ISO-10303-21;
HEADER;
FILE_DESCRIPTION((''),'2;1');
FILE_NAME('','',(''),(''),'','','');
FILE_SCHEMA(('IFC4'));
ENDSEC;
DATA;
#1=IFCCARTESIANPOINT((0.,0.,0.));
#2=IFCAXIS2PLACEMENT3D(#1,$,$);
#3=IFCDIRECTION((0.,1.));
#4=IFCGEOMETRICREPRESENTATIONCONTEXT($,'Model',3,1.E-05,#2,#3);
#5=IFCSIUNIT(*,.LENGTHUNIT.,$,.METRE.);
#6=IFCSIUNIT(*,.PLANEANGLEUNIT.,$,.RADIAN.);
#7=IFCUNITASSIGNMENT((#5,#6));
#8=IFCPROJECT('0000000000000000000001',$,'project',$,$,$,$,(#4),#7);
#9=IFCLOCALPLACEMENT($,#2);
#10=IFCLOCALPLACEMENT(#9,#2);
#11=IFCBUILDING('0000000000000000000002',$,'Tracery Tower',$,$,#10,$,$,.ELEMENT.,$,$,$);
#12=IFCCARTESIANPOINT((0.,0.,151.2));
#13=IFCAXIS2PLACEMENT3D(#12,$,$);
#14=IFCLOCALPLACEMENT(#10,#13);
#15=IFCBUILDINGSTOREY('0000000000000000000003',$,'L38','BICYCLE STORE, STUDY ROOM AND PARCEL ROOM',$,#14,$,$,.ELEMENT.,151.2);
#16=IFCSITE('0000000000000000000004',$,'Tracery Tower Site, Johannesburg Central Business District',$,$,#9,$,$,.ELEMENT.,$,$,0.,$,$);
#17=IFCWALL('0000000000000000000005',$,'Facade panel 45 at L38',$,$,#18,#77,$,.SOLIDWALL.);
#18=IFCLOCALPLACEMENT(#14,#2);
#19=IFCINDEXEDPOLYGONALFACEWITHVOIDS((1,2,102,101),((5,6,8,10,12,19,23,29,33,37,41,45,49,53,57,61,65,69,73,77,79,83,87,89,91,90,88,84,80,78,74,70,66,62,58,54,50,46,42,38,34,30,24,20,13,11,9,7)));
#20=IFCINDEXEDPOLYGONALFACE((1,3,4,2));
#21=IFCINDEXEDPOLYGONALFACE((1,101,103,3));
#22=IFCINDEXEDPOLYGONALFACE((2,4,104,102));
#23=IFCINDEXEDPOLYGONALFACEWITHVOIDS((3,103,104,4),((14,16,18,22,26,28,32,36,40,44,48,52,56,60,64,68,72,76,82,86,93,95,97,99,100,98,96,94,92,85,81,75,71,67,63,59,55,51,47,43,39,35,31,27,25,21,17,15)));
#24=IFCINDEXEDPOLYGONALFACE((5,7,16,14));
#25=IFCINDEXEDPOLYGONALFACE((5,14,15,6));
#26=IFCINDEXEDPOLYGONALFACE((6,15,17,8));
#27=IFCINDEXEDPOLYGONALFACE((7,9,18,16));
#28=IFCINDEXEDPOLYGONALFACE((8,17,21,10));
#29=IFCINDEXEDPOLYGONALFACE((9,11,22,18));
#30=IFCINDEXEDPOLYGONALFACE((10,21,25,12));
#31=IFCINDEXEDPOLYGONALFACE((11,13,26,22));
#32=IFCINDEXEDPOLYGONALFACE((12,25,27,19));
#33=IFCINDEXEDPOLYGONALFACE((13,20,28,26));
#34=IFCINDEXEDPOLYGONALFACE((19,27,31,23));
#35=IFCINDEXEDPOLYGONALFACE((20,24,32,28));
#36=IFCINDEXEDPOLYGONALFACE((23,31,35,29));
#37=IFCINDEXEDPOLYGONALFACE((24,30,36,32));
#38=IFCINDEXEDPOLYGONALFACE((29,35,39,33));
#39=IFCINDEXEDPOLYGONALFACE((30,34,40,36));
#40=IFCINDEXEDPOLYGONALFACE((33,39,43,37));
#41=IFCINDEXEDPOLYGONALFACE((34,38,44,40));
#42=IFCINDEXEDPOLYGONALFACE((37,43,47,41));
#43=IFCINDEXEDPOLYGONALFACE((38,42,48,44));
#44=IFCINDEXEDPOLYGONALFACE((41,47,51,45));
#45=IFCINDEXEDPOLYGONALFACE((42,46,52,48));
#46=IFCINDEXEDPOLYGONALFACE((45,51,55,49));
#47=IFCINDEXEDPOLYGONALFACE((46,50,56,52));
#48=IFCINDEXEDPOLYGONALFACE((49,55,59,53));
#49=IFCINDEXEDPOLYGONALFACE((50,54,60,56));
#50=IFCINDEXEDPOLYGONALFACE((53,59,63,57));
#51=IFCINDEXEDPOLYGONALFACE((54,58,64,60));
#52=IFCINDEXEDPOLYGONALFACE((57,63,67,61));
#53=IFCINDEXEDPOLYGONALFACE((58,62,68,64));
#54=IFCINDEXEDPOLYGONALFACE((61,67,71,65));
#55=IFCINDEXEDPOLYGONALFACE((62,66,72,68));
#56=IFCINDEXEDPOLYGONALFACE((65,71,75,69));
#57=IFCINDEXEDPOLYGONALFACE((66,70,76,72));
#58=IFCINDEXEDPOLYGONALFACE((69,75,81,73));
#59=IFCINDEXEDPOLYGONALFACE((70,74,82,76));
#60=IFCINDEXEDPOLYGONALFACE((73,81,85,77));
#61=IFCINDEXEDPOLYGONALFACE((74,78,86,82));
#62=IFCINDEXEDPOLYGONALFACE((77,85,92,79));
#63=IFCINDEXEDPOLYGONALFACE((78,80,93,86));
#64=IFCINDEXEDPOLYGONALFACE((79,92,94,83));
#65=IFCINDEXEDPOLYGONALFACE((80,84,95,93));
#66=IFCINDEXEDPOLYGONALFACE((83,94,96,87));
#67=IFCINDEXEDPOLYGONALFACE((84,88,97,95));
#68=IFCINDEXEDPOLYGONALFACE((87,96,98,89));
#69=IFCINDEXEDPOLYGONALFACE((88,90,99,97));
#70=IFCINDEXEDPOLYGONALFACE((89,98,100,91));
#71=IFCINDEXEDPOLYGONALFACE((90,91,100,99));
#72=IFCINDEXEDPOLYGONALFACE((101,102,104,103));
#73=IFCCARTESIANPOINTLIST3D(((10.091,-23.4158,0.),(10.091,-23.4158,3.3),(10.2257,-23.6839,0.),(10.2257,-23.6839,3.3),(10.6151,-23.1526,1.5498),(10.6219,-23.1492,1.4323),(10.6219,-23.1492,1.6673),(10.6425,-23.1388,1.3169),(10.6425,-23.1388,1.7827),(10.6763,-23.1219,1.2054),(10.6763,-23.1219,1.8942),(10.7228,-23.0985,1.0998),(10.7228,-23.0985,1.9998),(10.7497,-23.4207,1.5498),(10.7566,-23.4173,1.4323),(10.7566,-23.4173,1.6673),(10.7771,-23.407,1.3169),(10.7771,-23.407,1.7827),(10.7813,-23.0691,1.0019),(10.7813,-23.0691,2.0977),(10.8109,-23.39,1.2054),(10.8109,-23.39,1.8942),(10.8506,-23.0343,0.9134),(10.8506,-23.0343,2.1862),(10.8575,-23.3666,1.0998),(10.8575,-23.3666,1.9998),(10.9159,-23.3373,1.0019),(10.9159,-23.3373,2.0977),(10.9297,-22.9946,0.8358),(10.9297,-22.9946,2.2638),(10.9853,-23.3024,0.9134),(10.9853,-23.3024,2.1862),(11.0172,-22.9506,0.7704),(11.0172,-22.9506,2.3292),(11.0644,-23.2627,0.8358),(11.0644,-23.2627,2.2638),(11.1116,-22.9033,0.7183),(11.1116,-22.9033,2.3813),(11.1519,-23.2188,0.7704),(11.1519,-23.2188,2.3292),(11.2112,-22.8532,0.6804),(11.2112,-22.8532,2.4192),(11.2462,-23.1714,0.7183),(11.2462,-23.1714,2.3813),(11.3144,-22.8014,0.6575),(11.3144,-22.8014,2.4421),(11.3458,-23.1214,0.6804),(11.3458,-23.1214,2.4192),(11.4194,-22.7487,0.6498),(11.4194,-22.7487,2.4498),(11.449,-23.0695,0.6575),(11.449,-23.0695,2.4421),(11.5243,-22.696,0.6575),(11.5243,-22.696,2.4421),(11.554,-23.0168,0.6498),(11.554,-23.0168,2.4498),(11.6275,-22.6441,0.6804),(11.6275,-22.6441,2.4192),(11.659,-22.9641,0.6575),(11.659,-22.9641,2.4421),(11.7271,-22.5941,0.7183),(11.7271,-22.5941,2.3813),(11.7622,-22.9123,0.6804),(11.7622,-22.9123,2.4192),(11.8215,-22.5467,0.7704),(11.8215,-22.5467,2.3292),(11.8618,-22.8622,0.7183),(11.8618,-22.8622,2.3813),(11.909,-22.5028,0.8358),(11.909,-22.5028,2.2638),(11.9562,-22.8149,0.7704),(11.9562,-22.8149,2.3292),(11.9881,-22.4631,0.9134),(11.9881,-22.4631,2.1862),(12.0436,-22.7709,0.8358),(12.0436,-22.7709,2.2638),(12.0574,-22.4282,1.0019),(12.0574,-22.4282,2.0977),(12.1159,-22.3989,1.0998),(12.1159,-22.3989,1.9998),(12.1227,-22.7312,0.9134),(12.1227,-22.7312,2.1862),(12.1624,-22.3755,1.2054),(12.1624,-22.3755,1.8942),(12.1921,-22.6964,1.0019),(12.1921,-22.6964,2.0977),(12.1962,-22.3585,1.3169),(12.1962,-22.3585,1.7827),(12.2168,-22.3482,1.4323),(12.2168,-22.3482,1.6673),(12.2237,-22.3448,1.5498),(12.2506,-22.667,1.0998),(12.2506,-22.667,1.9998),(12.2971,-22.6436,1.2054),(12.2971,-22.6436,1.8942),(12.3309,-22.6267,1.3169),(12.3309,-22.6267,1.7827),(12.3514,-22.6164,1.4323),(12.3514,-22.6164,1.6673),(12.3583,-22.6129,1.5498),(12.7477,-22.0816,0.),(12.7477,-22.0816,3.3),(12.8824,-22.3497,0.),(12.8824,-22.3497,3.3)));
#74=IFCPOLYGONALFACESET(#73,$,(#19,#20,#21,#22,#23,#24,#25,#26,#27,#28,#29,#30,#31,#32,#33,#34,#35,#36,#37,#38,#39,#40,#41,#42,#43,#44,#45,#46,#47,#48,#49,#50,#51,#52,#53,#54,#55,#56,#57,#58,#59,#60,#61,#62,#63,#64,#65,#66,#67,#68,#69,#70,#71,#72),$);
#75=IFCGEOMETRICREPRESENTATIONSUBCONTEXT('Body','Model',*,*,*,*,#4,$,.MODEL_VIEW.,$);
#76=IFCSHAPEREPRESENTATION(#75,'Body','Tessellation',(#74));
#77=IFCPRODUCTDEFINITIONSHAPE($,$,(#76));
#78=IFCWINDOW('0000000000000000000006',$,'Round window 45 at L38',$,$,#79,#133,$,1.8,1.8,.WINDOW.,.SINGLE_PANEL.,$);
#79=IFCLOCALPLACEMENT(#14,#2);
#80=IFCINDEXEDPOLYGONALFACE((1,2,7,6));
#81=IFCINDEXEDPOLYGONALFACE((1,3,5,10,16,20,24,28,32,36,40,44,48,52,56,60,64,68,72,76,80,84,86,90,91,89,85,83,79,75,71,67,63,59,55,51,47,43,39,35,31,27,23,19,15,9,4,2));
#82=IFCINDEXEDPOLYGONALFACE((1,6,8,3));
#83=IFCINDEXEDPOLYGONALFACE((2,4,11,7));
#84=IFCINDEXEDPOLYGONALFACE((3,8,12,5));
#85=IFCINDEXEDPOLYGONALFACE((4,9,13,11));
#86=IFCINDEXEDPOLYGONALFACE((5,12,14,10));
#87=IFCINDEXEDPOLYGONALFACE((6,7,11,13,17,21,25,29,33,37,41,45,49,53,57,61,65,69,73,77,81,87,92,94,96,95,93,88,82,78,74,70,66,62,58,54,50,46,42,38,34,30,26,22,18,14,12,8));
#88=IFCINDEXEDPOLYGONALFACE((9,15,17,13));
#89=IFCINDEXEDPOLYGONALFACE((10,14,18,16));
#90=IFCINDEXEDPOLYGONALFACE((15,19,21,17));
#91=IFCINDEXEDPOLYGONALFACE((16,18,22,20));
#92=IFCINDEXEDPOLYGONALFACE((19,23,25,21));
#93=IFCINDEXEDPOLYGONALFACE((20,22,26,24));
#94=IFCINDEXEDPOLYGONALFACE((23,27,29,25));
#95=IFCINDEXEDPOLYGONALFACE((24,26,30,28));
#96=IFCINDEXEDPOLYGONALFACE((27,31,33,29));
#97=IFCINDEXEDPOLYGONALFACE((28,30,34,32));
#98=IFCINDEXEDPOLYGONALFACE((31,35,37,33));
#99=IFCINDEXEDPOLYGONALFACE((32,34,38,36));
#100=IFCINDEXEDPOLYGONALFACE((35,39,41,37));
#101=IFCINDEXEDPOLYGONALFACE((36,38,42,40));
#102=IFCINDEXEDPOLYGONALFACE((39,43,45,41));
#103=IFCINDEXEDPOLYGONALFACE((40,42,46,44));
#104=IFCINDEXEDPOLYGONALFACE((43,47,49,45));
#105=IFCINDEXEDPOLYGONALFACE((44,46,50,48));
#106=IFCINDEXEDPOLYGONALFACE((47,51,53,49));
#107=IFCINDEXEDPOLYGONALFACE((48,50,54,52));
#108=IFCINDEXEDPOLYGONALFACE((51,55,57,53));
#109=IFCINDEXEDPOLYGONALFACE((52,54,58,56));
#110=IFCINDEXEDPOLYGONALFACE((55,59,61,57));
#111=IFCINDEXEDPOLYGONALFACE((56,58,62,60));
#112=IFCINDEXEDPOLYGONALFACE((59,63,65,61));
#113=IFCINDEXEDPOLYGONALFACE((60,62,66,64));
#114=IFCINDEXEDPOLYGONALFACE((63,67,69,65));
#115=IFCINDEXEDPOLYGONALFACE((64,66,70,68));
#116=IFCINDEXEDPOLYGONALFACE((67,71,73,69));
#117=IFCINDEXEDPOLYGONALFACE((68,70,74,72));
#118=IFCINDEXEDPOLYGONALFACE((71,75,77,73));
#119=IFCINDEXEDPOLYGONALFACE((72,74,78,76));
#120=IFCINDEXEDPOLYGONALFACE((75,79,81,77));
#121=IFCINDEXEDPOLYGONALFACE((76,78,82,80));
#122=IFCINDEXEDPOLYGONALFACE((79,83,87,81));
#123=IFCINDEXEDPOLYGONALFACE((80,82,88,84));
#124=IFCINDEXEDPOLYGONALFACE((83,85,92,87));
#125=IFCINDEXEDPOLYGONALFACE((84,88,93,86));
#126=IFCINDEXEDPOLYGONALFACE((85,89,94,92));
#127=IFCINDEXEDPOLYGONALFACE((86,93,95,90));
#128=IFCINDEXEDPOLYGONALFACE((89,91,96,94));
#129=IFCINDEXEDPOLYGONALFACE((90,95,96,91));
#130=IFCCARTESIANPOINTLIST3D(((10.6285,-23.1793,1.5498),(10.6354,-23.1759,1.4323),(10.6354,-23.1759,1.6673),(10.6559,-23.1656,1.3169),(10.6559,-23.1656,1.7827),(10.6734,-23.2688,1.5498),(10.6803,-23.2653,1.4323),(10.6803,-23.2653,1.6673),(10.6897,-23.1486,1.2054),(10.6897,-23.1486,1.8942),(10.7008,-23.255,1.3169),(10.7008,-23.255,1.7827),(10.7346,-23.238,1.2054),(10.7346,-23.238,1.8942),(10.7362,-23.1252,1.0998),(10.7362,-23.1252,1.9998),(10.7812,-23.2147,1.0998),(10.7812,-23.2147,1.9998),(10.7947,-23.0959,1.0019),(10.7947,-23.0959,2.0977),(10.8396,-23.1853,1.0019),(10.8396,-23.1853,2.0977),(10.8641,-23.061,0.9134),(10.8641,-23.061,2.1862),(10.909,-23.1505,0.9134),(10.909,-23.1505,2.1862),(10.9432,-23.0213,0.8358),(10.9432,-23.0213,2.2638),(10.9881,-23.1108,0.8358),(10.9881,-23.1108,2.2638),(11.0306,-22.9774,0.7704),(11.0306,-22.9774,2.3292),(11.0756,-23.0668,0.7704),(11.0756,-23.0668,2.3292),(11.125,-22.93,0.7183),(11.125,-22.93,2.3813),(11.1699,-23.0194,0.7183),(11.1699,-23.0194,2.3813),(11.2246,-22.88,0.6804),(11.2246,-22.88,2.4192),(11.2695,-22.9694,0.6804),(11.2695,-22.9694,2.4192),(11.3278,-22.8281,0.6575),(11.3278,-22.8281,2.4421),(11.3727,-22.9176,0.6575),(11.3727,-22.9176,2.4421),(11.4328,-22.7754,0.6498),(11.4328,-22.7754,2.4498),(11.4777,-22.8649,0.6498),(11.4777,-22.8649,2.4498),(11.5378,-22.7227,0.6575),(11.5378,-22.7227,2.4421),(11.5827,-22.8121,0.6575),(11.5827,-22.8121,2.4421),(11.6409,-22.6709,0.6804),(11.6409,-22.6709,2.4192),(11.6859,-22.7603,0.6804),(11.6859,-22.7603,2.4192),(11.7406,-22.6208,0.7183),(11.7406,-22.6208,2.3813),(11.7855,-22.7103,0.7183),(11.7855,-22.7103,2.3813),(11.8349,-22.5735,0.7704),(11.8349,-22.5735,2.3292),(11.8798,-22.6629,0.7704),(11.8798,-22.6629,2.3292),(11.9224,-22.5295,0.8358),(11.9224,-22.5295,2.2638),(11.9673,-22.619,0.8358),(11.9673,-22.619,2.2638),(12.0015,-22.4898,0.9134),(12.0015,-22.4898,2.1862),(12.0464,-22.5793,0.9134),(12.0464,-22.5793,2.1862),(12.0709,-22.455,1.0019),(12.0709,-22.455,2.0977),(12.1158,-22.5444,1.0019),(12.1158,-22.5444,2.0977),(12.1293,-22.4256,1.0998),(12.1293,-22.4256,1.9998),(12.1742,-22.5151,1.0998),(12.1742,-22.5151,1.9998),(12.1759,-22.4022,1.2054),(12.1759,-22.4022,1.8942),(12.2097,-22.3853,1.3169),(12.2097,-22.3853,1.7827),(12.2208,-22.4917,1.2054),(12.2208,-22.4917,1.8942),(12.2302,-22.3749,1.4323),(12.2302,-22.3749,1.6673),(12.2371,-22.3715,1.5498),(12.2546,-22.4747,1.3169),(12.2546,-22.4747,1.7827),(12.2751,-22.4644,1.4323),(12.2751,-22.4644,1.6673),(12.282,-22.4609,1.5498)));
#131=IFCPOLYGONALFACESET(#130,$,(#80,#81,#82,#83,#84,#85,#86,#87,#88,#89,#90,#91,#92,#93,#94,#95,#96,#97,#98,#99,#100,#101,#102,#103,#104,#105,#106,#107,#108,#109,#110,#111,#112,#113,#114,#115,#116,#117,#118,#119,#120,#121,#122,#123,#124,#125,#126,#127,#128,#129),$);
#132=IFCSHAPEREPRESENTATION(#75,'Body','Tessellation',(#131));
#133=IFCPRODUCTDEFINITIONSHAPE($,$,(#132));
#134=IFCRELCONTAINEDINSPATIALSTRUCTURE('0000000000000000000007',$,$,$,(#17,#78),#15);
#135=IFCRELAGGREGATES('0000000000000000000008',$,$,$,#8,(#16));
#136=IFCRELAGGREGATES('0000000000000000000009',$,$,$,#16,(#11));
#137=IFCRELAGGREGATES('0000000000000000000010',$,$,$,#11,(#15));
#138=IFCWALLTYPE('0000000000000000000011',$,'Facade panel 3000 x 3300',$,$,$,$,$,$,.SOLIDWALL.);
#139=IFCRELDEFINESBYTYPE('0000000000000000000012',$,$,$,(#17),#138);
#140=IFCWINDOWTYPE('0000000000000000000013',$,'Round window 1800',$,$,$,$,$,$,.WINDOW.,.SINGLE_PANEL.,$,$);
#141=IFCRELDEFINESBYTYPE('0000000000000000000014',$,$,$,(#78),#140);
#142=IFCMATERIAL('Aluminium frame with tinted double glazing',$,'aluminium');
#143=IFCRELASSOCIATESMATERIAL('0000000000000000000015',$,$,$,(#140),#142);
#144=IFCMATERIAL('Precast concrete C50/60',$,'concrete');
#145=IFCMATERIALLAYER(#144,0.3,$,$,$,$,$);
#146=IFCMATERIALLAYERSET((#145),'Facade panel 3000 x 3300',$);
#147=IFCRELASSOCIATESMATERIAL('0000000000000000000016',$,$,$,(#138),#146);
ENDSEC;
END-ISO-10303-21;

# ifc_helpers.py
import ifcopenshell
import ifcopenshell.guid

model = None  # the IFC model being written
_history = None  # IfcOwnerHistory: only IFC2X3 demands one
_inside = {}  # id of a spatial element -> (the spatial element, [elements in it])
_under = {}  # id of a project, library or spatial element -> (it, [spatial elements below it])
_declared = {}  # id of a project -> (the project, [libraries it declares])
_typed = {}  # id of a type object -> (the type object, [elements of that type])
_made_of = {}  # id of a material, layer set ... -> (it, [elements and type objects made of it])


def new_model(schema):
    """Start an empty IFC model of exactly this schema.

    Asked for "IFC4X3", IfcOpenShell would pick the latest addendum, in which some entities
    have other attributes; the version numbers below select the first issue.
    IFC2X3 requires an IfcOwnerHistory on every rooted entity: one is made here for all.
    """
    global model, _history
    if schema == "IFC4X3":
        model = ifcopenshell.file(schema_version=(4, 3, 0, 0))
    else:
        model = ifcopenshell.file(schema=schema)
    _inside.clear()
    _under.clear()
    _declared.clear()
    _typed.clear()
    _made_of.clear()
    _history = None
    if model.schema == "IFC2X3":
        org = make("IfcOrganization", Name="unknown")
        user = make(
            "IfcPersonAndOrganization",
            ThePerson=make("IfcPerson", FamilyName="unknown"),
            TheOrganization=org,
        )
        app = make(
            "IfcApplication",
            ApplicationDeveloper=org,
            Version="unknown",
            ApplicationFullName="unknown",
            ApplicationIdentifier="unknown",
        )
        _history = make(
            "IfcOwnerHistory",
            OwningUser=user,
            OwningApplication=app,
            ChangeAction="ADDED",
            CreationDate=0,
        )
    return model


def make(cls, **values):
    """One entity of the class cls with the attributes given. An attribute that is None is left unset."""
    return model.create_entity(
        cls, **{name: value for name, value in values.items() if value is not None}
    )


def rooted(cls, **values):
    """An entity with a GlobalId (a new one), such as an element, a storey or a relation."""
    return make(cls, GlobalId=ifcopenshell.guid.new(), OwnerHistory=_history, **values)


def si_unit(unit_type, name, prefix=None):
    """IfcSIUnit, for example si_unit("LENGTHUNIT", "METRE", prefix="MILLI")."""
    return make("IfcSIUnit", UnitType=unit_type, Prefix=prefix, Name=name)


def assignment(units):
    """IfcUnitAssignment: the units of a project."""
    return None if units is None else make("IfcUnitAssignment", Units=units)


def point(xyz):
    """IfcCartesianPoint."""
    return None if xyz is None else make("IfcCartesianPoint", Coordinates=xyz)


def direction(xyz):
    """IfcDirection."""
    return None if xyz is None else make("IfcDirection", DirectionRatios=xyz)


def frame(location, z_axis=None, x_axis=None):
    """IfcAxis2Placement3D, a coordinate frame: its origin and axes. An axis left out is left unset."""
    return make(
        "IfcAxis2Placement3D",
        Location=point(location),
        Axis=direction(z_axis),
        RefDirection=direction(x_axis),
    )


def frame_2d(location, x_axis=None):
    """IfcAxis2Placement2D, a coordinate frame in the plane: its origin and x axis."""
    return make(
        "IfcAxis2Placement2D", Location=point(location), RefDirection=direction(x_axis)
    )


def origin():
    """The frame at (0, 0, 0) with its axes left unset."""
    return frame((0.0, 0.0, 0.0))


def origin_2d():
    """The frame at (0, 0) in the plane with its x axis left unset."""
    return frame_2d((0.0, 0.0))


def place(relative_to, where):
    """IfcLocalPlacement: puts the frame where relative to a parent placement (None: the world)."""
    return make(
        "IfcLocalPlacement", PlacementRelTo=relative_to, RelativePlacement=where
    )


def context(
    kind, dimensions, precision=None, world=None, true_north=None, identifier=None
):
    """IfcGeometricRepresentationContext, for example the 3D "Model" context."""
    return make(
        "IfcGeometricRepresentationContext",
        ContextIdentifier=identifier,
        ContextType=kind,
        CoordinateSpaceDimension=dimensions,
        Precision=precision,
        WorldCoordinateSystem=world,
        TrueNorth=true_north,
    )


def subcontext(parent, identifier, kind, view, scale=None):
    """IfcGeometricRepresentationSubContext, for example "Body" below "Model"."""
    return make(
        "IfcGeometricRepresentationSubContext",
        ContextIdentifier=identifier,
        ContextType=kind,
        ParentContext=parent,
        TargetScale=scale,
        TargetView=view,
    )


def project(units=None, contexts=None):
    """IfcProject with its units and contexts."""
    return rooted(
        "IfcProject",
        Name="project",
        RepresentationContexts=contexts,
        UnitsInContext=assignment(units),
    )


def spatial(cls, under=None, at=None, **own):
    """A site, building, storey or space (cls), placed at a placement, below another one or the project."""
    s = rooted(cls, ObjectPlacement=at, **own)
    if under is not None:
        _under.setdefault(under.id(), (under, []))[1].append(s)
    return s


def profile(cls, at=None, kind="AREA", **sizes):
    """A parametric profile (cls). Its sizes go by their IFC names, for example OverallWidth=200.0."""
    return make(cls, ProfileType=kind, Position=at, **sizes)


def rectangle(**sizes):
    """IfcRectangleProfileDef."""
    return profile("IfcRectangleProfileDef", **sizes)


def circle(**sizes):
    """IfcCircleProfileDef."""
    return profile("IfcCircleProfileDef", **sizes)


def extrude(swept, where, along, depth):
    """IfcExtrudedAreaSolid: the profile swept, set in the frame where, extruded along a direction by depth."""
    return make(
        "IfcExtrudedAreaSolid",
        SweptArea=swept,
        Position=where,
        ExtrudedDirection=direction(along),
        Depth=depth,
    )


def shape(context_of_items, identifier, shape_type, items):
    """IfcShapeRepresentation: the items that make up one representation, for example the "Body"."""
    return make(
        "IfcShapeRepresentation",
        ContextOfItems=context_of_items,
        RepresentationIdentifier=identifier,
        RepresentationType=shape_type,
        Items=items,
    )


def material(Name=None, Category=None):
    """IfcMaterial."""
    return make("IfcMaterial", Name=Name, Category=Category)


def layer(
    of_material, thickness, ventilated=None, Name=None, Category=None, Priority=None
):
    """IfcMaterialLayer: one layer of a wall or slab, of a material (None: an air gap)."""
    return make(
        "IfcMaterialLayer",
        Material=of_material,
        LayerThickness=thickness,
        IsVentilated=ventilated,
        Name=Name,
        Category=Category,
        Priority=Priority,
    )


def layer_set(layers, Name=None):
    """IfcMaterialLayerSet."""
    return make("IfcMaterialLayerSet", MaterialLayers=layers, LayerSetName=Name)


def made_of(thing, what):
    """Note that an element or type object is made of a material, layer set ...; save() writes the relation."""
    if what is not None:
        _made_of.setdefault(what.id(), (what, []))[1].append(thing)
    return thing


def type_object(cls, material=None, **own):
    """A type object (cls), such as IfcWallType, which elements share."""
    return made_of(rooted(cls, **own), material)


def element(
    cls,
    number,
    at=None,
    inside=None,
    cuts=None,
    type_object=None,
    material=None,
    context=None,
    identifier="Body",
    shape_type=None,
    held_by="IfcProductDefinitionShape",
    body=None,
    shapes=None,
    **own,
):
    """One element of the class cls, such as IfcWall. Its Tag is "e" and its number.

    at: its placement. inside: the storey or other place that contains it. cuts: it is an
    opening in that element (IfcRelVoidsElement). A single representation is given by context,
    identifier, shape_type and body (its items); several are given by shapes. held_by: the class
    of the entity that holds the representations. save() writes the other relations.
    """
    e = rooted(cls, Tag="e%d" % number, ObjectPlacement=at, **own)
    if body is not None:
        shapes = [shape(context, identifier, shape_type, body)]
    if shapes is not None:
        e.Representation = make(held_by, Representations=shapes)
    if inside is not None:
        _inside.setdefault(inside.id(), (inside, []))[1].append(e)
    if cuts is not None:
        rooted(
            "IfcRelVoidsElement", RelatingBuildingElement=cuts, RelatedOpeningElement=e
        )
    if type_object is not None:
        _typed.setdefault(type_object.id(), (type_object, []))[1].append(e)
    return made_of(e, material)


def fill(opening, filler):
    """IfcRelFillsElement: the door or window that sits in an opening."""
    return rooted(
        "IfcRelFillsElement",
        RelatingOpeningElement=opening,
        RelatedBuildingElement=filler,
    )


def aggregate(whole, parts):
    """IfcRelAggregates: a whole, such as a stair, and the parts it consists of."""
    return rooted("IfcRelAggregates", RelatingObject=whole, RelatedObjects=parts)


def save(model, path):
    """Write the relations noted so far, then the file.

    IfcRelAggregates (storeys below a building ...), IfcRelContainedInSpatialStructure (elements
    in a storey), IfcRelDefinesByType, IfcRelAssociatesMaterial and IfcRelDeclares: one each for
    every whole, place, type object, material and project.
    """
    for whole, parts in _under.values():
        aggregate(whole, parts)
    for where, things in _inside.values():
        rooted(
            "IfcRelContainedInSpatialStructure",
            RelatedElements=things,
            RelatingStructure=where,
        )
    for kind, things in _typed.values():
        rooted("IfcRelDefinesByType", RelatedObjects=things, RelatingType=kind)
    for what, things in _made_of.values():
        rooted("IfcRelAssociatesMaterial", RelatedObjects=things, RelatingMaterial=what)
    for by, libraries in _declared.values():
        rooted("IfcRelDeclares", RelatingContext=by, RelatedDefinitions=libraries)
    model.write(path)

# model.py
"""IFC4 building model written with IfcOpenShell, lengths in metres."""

from ifc_helpers import new_model, si_unit, direction, frame, frame_2d, origin, origin_2d, place, context, subcontext, project, spatial, rectangle, circle, extrude, material, layer, layer_set, type_object, element, fill, save


model = new_model("IFC4")

# Units and contexts
model_context = context("Model", 3, precision=1e-05, world=origin(), true_north=direction((0.0, 1.0)))
body_context = subcontext(model_context, "Body", "Model", "MODEL_VIEW")
ifc_project = project(units=[si_unit("LENGTHUNIT", "METRE"), si_unit("PLANEANGLEUNIT", "RADIAN")], contexts=[model_context])

# Site, building, storey
site_placement = place(None, origin())
site = spatial("IfcSite", under=ifc_project, at=site_placement, Name="Tracery Tower Site, Johannesburg Central Business District", CompositionType="ELEMENT", RefElevation=0.0)
building_placement = place(site_placement, origin())
building = spatial("IfcBuilding", under=site, at=building_placement, Name="Tracery Tower", CompositionType="ELEMENT")
storey_placement = place(building_placement, frame((0.0, 0.0, 151.2)))
storey = spatial("IfcBuildingStorey", under=building, at=storey_placement, Name="L38", Description="BICYCLE STORE, STUDY ROOM AND PARCEL ROOM", CompositionType="ELEMENT", Elevation=151.2)

# Wall, opening, window
ifc_material_1 = material(Name="Aluminium frame with tinted double glazing", Category="aluminium")
window_type = type_object("IfcWindowType", Name="Round window 1800", PartitioningType="SINGLE_PANEL", PredefinedType="WINDOW", material=ifc_material_1)
ifc_material_2 = material(Name="Precast concrete C50/60", Category="concrete")
ifc_layer_1 = layer(ifc_material_2, 0.3)
ifc_layer_set_1 = layer_set([ifc_layer_1], Name="Facade panel 3000 x 3300")
wall_type_1 = type_object("IfcWallType", Name="Facade panel 3000 x 3300", PredefinedType="SOLIDWALL", material=ifc_layer_set_1)
wall_1_placement = place(storey_placement, frame((10.1584, -23.5498, 0.0), z_axis=(0.0, 0.0, 1.0), x_axis=(0.893637, 0.44879, 0.0)))
wall_1 = element("IfcWall", 1, at=wall_1_placement, inside=storey, type_object=wall_type_1, Name="Facade panel 45 at L38", PredefinedType="SOLIDWALL", context=body_context, shape_type="SweptSolid", body=[
    extrude(rectangle(XDim=2.9729, YDim=0.3, at=frame_2d((1.4863, 0.0))), origin(), (0.0, 0.0, 1.0), 3.3),
])
opening_1_placement = place(wall_1_placement, frame((1.4863, 0.0, 1.5498)))
opening_1 = element("IfcOpeningElement", 2, at=opening_1_placement, cuts=wall_1, PredefinedType="OPENING", context=body_context, shape_type="SweptSolid", body=[
    extrude(circle(Radius=0.9, at=origin_2d()), frame((0.0, 0.1599, 0.0), z_axis=(0.0, -1.0, 0.0), x_axis=(1.0, 0.0, 0.0)), (0.0, 0.0, 1.0), 0.3201),
])
window_1_placement = place(opening_1_placement, origin())
window_1 = element("IfcWindow", 3, at=window_1_placement, inside=storey, type_object=window_type, Name="Round window 45 at L38", OverallHeight=1.8, OverallWidth=1.8, PartitioningType="SINGLE_PANEL", PredefinedType="WINDOW", context=body_context, shape_type="SweptSolid", body=[
    extrude(circle(Radius=0.9, at=origin_2d()), frame((0.0, 0.1201, 0.0), z_axis=(0.0, -1.0, 0.0), x_axis=(1.0, 0.0, 0.0)), (0.0, 0.0, 1.0), 0.1001),
])
fill(opening_1, window_1)

save(model, "model.ifc")
